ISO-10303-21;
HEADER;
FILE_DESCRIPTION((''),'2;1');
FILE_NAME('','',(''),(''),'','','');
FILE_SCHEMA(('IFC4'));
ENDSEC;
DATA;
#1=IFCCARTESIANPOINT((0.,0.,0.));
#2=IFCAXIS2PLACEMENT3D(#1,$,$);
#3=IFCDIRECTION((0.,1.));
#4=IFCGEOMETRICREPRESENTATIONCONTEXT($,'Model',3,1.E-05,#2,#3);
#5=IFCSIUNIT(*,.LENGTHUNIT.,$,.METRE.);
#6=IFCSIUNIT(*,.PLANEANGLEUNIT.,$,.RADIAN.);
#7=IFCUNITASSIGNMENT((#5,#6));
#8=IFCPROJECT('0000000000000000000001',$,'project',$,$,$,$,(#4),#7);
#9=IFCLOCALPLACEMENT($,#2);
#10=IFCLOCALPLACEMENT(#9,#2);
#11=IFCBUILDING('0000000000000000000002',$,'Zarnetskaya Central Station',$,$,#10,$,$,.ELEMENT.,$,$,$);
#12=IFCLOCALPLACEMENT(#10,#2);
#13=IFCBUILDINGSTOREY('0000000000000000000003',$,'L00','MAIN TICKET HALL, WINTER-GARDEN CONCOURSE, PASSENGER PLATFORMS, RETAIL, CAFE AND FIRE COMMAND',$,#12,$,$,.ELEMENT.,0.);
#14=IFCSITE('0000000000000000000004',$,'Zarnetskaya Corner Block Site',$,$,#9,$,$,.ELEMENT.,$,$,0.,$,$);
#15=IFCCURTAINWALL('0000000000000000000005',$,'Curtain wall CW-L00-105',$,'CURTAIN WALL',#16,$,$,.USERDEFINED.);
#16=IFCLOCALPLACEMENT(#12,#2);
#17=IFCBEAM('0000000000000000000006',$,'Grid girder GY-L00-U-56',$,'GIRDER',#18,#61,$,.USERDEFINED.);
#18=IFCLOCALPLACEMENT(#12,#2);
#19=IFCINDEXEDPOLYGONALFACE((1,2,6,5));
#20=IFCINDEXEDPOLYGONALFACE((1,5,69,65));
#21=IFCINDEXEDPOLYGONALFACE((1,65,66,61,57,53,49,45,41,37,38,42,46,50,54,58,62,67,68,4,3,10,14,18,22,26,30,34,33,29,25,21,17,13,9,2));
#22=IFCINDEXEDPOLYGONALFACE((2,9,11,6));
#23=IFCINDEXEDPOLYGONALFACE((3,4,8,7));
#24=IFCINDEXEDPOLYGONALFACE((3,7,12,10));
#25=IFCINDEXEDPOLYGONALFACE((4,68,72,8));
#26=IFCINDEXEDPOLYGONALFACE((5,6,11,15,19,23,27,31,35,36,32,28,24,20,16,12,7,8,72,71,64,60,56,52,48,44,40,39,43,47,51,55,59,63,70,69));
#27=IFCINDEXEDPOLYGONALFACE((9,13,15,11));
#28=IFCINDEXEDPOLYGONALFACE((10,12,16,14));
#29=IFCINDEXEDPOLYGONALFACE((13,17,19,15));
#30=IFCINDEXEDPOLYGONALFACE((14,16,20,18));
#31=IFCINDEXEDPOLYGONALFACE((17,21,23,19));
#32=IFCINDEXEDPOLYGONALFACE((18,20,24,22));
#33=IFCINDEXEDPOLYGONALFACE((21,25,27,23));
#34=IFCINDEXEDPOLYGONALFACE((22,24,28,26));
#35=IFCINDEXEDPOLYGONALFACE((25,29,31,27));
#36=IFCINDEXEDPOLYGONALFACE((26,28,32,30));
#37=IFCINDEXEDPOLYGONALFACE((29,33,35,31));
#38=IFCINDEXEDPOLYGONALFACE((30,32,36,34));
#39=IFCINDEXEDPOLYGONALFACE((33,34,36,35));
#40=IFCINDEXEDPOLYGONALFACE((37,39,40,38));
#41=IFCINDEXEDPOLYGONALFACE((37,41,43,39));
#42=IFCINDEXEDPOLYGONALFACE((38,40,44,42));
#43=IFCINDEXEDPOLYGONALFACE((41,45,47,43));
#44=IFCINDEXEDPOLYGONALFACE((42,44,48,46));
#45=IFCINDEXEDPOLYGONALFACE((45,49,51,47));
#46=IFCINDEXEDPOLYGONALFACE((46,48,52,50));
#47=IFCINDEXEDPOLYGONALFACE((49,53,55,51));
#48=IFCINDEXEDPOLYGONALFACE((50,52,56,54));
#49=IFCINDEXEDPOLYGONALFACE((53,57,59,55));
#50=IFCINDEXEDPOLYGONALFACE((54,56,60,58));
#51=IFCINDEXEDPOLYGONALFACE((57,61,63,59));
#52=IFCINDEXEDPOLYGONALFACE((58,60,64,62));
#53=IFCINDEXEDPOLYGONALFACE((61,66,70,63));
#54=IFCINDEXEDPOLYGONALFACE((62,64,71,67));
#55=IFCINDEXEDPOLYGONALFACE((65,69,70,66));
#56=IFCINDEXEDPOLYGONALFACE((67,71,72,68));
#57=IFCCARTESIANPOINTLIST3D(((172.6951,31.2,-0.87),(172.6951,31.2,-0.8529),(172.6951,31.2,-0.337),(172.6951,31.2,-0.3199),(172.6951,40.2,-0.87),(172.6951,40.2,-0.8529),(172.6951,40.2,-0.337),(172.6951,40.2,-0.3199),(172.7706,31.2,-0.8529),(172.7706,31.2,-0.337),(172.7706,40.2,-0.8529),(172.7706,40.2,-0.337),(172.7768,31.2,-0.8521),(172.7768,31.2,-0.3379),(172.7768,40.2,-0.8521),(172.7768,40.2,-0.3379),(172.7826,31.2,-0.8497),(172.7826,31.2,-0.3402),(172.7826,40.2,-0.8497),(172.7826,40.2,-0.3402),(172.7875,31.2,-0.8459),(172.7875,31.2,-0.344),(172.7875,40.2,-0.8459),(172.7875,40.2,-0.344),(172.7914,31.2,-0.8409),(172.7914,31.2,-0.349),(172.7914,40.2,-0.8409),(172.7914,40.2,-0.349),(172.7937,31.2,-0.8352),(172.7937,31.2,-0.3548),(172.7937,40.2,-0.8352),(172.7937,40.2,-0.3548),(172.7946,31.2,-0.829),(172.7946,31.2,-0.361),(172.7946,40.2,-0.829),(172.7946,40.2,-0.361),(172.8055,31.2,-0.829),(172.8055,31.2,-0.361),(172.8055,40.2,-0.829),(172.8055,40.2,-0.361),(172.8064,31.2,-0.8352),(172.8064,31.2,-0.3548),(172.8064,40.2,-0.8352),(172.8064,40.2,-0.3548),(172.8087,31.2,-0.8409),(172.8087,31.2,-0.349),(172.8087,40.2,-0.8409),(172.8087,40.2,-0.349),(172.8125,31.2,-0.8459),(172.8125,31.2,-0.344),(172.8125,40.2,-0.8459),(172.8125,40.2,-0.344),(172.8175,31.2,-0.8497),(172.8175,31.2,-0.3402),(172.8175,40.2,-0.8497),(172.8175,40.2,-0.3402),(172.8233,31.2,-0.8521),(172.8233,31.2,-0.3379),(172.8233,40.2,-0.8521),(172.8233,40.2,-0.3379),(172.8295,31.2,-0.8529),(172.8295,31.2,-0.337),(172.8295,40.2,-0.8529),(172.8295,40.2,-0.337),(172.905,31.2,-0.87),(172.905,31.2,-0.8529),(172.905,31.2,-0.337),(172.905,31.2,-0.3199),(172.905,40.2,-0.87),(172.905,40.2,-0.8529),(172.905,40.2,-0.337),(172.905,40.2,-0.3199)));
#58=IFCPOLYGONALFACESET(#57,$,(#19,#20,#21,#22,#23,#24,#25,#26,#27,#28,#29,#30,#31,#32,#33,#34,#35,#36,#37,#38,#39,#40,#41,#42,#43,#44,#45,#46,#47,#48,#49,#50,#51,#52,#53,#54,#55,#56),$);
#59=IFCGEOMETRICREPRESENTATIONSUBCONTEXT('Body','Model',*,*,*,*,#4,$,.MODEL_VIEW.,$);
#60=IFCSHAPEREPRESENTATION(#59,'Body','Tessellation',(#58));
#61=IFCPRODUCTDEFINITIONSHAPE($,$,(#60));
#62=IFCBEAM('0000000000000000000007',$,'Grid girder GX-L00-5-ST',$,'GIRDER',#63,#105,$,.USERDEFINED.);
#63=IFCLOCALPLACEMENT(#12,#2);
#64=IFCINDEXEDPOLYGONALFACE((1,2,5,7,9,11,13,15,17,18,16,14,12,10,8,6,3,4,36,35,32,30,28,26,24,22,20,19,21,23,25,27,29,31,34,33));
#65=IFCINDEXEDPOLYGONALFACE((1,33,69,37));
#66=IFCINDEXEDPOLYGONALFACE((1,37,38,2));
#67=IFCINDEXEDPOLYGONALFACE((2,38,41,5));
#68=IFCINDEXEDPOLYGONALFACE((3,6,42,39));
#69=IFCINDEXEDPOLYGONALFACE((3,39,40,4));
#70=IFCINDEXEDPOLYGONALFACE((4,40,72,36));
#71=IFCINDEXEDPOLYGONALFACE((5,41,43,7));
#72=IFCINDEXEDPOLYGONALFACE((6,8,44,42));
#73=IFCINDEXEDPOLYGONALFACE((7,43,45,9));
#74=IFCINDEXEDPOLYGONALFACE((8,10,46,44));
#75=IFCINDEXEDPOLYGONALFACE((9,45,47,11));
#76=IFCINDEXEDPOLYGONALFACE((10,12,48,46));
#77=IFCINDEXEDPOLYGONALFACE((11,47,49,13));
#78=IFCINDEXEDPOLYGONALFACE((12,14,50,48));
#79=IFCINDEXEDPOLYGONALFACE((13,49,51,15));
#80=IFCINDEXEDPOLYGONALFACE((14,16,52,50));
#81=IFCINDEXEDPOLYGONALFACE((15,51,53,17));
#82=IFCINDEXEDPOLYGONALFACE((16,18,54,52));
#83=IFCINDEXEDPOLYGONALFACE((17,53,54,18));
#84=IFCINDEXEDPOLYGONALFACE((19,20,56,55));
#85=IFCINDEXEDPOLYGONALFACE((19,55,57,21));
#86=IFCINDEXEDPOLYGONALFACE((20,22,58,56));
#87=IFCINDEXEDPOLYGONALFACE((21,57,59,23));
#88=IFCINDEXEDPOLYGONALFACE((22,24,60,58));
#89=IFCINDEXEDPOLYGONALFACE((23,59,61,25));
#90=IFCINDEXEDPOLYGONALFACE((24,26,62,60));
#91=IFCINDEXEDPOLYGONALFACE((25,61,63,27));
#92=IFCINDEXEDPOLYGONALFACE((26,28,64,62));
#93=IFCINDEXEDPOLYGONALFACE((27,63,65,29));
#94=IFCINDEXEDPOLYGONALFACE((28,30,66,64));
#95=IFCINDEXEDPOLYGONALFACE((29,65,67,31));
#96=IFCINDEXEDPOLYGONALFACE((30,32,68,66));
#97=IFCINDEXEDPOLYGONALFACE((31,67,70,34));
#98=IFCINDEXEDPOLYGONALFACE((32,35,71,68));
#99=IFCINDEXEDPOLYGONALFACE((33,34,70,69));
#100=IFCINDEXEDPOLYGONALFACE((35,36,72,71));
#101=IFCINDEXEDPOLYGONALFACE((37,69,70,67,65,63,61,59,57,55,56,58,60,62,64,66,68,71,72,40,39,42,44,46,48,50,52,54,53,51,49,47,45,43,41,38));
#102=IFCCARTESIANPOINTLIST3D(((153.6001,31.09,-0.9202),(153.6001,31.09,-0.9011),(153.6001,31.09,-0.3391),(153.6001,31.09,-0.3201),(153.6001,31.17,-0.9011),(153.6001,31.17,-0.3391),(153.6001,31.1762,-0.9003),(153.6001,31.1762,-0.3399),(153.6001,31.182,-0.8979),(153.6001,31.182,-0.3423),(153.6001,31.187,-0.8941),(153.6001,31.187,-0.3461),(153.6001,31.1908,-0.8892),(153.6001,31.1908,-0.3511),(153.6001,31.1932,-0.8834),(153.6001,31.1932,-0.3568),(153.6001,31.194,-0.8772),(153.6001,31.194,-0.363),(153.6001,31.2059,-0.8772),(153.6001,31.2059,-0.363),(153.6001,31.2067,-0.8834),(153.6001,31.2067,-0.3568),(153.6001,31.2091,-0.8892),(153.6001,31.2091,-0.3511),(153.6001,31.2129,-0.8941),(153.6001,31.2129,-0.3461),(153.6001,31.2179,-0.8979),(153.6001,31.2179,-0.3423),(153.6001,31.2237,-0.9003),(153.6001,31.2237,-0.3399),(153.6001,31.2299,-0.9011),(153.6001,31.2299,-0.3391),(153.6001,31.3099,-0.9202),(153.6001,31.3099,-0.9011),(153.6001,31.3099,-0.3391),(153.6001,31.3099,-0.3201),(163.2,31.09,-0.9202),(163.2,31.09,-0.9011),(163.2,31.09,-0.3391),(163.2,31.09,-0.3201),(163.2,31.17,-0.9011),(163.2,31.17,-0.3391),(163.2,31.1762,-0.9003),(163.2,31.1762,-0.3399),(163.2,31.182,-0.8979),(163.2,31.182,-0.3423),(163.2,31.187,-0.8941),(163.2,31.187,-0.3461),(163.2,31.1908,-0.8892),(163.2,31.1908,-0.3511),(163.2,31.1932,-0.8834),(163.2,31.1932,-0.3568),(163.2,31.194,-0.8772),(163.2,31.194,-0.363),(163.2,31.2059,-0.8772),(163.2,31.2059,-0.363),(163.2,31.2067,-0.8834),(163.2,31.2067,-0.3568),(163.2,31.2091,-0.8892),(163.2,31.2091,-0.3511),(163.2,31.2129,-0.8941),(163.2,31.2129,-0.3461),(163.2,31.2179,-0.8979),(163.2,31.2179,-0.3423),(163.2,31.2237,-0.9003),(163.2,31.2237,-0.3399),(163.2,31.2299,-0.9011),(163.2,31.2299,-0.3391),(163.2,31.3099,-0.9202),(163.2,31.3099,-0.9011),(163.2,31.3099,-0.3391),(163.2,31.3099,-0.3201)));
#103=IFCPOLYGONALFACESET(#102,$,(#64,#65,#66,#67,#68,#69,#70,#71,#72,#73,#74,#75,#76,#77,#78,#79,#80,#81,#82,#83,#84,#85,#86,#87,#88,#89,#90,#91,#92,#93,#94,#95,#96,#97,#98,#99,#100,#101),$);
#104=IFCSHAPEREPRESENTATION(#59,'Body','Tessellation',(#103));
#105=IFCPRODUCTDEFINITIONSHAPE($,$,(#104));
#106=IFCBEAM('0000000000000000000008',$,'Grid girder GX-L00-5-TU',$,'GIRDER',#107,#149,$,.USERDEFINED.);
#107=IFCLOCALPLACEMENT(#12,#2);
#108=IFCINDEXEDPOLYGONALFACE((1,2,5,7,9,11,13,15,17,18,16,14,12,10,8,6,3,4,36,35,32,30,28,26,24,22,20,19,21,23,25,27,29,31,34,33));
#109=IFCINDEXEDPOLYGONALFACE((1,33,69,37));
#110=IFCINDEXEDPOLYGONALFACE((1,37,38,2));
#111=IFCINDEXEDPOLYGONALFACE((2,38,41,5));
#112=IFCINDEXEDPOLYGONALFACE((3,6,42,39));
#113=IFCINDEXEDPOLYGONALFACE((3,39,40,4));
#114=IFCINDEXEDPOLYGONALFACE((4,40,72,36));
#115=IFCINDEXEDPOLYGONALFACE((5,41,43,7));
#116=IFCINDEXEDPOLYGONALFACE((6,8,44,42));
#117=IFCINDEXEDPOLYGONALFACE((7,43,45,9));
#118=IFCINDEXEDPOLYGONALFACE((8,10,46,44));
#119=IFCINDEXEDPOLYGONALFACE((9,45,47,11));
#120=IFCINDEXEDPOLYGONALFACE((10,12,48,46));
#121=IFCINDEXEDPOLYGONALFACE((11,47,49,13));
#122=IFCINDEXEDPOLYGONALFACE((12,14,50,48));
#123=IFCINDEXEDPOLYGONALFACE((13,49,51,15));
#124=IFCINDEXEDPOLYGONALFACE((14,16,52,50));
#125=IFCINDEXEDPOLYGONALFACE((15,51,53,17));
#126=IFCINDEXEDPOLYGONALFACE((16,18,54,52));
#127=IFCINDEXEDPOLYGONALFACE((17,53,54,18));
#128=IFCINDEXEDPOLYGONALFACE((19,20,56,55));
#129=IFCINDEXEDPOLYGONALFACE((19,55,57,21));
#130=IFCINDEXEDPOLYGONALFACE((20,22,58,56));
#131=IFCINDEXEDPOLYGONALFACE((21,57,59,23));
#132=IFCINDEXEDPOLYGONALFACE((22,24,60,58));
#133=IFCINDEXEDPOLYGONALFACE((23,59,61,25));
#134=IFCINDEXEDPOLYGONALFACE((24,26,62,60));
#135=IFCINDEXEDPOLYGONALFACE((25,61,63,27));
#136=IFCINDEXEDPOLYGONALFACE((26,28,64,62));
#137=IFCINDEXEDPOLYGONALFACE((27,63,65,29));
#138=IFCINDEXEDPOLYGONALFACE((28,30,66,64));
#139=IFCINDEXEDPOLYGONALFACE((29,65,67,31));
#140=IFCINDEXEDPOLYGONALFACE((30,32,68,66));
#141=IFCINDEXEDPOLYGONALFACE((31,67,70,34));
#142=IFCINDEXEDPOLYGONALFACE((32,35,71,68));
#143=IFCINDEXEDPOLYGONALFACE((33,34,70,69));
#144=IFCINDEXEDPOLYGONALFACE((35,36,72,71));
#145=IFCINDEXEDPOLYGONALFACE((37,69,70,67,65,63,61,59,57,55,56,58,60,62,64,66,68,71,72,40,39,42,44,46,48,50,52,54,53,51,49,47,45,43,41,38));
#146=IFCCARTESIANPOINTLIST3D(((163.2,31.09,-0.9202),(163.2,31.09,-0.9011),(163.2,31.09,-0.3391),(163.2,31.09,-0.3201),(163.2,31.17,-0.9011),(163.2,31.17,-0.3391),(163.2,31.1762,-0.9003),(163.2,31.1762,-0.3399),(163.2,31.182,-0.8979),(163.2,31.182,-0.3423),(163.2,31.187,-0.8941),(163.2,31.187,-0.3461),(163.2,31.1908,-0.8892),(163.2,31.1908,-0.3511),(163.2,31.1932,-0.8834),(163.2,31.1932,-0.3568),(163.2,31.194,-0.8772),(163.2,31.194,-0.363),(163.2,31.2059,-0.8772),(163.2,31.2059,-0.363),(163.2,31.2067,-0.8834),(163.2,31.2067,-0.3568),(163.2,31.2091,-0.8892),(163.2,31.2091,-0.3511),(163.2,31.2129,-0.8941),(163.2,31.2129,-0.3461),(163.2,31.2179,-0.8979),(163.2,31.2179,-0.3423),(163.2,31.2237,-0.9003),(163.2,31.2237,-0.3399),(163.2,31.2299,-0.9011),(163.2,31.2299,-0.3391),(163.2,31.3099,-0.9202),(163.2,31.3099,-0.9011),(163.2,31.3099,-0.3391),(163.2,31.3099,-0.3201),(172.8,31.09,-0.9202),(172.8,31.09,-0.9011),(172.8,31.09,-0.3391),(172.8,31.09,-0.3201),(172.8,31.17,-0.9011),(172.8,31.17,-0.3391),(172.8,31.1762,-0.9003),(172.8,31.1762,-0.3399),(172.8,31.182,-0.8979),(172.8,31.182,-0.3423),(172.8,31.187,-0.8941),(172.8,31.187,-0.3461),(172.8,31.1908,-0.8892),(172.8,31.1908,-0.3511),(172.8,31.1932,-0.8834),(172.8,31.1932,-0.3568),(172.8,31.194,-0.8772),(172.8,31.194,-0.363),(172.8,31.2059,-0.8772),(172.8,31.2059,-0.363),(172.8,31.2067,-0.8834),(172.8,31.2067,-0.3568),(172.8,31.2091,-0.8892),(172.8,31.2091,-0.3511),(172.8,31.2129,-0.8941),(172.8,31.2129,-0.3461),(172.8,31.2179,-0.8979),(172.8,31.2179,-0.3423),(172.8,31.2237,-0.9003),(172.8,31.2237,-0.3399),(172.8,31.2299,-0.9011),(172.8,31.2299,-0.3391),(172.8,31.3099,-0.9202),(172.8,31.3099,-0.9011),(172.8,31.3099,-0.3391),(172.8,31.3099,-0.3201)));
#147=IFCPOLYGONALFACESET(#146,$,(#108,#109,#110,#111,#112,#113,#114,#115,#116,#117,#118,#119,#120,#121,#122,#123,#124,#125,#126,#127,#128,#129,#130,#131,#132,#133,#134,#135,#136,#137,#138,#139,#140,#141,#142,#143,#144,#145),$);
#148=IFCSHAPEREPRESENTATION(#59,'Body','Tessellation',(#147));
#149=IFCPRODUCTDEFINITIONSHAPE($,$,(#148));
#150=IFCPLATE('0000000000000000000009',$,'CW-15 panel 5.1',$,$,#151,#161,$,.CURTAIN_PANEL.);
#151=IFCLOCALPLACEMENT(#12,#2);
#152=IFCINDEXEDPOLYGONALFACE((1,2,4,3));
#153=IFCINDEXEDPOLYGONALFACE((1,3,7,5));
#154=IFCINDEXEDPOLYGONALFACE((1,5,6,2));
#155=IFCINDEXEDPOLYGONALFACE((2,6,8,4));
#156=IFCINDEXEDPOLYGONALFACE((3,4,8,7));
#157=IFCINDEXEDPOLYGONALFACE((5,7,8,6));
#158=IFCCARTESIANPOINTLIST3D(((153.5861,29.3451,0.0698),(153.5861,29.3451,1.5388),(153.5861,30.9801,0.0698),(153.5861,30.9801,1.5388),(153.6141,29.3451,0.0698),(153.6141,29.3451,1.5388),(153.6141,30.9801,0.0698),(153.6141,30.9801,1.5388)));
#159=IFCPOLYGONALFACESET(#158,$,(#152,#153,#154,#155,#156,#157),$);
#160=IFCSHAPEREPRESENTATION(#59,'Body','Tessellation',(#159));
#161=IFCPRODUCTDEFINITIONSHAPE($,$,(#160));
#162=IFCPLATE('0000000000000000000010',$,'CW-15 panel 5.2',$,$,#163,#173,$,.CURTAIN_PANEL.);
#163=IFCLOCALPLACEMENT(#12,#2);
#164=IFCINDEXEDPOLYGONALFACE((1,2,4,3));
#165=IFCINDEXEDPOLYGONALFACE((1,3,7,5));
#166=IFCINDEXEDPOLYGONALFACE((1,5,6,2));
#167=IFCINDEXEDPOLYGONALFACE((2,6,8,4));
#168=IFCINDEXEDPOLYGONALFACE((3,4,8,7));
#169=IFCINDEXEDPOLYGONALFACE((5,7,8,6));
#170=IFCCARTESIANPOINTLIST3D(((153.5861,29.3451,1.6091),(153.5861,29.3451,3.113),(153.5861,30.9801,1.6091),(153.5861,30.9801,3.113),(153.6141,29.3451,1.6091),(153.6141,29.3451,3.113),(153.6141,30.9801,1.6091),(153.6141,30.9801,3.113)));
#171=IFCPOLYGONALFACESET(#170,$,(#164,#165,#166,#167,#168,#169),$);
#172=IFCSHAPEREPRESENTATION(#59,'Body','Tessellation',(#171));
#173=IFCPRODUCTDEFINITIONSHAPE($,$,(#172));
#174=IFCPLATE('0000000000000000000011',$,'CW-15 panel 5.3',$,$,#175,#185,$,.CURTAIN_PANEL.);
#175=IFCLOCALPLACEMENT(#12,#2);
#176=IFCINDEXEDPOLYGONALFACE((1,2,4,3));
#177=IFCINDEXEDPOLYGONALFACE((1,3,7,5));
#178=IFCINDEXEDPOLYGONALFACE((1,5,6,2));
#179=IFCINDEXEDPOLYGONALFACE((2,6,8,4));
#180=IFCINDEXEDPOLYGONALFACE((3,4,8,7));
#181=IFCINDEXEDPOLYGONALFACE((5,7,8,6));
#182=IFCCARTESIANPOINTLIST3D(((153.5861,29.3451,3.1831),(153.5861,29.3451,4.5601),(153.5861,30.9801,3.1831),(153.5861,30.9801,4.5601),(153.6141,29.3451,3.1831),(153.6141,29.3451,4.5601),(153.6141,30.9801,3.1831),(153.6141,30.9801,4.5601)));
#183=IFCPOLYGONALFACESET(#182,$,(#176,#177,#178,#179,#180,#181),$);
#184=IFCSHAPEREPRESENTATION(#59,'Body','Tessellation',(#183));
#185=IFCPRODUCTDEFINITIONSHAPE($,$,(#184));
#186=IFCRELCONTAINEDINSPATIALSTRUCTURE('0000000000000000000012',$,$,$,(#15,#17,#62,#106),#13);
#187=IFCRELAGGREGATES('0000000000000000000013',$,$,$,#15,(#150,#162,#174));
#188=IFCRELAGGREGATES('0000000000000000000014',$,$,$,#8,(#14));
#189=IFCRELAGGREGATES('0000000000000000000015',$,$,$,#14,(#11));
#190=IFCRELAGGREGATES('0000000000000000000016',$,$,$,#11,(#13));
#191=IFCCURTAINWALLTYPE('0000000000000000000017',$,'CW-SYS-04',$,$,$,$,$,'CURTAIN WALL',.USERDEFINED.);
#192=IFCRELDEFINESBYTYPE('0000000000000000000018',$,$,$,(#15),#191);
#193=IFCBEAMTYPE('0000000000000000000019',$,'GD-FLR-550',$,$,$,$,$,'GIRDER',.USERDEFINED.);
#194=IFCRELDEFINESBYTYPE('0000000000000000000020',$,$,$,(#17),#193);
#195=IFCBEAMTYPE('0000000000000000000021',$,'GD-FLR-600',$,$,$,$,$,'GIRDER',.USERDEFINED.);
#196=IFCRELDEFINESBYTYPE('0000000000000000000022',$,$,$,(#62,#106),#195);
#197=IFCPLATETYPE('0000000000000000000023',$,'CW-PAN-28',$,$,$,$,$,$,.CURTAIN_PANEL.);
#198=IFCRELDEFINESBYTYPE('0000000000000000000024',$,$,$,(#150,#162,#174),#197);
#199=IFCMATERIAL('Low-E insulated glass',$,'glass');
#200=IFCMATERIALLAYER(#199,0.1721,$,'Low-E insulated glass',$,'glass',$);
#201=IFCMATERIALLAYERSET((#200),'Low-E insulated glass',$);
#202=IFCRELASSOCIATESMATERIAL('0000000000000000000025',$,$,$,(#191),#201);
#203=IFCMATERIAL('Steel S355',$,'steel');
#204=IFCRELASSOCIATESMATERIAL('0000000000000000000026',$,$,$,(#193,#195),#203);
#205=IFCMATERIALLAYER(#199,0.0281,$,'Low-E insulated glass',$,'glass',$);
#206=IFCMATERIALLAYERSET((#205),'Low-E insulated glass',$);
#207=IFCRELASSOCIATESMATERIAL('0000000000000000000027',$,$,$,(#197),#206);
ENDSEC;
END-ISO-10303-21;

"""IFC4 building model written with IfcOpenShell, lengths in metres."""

from ifc_helpers import new_model, si_unit, direction, frame, origin, origin_2d, place, context, subcontext, project, spatial, rectangle, i_section, extrude, material, layer, layer_set, material_profile, profile_set, type_object, element, aggregate, save


model = new_model("IFC4")

# Units and contexts
model_context = context("Model", 3, precision=1e-05, world=origin(), true_north=direction((0.0, 1.0)))
body_context = subcontext(model_context, "Body", "Model", "MODEL_VIEW")
ifc_project = project(units=[si_unit("LENGTHUNIT", "METRE"), si_unit("PLANEANGLEUNIT", "RADIAN")], contexts=[model_context])

# Site, building, storey
site_placement = place(None, origin())
site = spatial("IfcSite", under=ifc_project, at=site_placement, Name="Zarnetskaya Corner Block Site", CompositionType="ELEMENT", RefElevation=0.0)
building_placement = place(site_placement, origin())
building = spatial("IfcBuilding", under=site, at=building_placement, Name="Zarnetskaya Central Station", CompositionType="ELEMENT")
storey_placement = place(building_placement, origin())
storey = spatial("IfcBuildingStorey", under=building, at=storey_placement, Name="L00", Description="MAIN TICKET HALL, WINTER-GARDEN CONCOURSE, PASSENGER PLATFORMS, RETAIL, CAFE AND FIRE COMMAND", CompositionType="ELEMENT", Elevation=0.0)

# Shared definitions
ifc_material_1 = material(Name="Steel S355", Category="steel")

# Curtain wall
ifc_material_2 = material(Name="Low-E insulated glass", Category="glass")
ifc_layer_1 = layer(ifc_material_2, 0.1721, Name="Low-E insulated glass", Category="glass")
ifc_layer_set_1 = layer_set([ifc_layer_1], Name="Low-E insulated glass")
curtain_wall_type = type_object("IfcCurtainWallType", Name="CW-SYS-04", ElementType="CURTAIN WALL", PredefinedType="USERDEFINED", material=ifc_layer_set_1)
curtain_wall_placement = place(storey_placement, origin())
curtain_wall = element("IfcCurtainWall", 1, at=curtain_wall_placement, inside=storey, type_object=curtain_wall_type, Name="Curtain wall CW-L00-105", ObjectType="CURTAIN WALL", PredefinedType="USERDEFINED")

# Beams
ifc_material_profile_1 = material_profile(ifc_material_1, i_section(OverallWidth=0.21, OverallDepth=0.55, WebThickness=0.011, FlangeThickness=0.0171, FilletRadius=0.0239, at=origin_2d()), Name="IPE 550")
ifc_profile_set_1 = profile_set([ifc_material_profile_1], Name="Steel S355")
beam_type_1 = type_object("IfcBeamType", Name="GD-FLR-550", ElementType="GIRDER", PredefinedType="USERDEFINED", material=ifc_profile_set_1)
for number, where, z_axis, x_axis, name in (
    (2, (172.8, 31.2, -0.595), (0.0, 1.0, 0.0), (-1.0, 0.0, 0.0), "Grid girder GY-L00-U-56"),
):
    element("IfcBeam", number, at=place(storey_placement, frame(where, z_axis=z_axis, x_axis=x_axis)), inside=storey, type_object=beam_type_1, Name=name, ObjectType="GIRDER", PredefinedType="USERDEFINED", context=body_context, shape_type="SweptSolid", body=[
        extrude(i_section(OverallWidth=0.21, OverallDepth=0.55, WebThickness=0.011, FlangeThickness=0.0171, FilletRadius=0.0239, at=origin_2d()), origin(), (0.0, 0.0, 1.0), 9.0),
    ])
ifc_material_profile_2 = material_profile(ifc_material_1, i_section(OverallWidth=0.22, OverallDepth=0.6001, WebThickness=0.012, FlangeThickness=0.019, FilletRadius=0.0239, at=origin_2d()), Name="IPE 600")
ifc_profile_set_2 = profile_set([ifc_material_profile_2], Name="Steel S355")
beam_type_2 = type_object("IfcBeamType", Name="GD-FLR-600", ElementType="GIRDER", PredefinedType="USERDEFINED", material=ifc_profile_set_2)
beam_1_placement = place(storey_placement, frame((153.6001, 31.2, -0.6201), z_axis=(1.0, 0.0, 0.0), x_axis=(0.0, 1.0, 0.0)))
element("IfcBeam", 3, at=beam_1_placement, inside=storey, type_object=beam_type_2, Name="Grid girder GX-L00-5-ST", ObjectType="GIRDER", PredefinedType="USERDEFINED", context=body_context, shape_type="SweptSolid", body=[
    extrude(i_section(OverallWidth=0.22, OverallDepth=0.6001, WebThickness=0.012, FlangeThickness=0.019, FilletRadius=0.0239, at=origin_2d()), origin(), (0.0, 0.0, 1.0), 9.5999),
])
beam_2_placement = place(storey_placement, frame((163.2, 31.2, -0.6201), z_axis=(1.0, 0.0, 0.0), x_axis=(0.0, 1.0, 0.0)))
element("IfcBeam", 4, at=beam_2_placement, inside=storey, type_object=beam_type_2, Name="Grid girder GX-L00-5-TU", ObjectType="GIRDER", PredefinedType="USERDEFINED", context=body_context, shape_type="SweptSolid", body=[
    extrude(i_section(OverallWidth=0.22, OverallDepth=0.6001, WebThickness=0.012, FlangeThickness=0.019, FilletRadius=0.0239, at=origin_2d()), origin(), (0.0, 0.0, 1.0), 9.6001),
])

# Plates
ifc_layer_2 = layer(ifc_material_2, 0.0281, Name="Low-E insulated glass", Category="glass")
ifc_layer_set_2 = layer_set([ifc_layer_2], Name="Low-E insulated glass")
plate_type = type_object("IfcPlateType", Name="CW-PAN-28", PredefinedType="CURTAIN_PANEL", material=ifc_layer_set_2)
plate_1_placement = place(storey_placement, frame((153.6001, 30.1626, 0.0698), z_axis=(0.0, 0.0, 1.0), x_axis=(0.0, 1.0, 0.0)))
plate_1 = element("IfcPlate", 5, at=plate_1_placement, type_object=plate_type, Name="CW-15 panel 5.1", PredefinedType="CURTAIN_PANEL", context=body_context, shape_type="SweptSolid", body=[
    extrude(rectangle(XDim=1.635, YDim=0.0281, at=origin_2d()), origin(), (0.0, 0.0, 1.0), 1.469),
])
plate_2_placement = place(storey_placement, frame((153.6001, 30.1626, 1.6091), z_axis=(0.0, 0.0, 1.0), x_axis=(0.0, 1.0, 0.0)))
plate_2 = element("IfcPlate", 6, at=plate_2_placement, type_object=plate_type, Name="CW-15 panel 5.2", PredefinedType="CURTAIN_PANEL", context=body_context, shape_type="SweptSolid", body=[
    extrude(rectangle(XDim=1.635, YDim=0.0281, at=origin_2d()), origin(), (0.0, 0.0, 1.0), 1.5039),
])
plate_3_placement = place(storey_placement, frame((153.6001, 30.1626, 3.1831), z_axis=(0.0, 0.0, 1.0), x_axis=(0.0, 1.0, 0.0)))
plate_3 = element("IfcPlate", 7, at=plate_3_placement, type_object=plate_type, Name="CW-15 panel 5.3", PredefinedType="CURTAIN_PANEL", context=body_context, shape_type="SweptSolid", body=[
    extrude(rectangle(XDim=1.635, YDim=0.0281, at=origin_2d()), origin(), (0.0, 0.0, 1.0), 1.377),
])
aggregate(curtain_wall, [plate_1, plate_2, plate_3])

save(model, "model.ifc")
